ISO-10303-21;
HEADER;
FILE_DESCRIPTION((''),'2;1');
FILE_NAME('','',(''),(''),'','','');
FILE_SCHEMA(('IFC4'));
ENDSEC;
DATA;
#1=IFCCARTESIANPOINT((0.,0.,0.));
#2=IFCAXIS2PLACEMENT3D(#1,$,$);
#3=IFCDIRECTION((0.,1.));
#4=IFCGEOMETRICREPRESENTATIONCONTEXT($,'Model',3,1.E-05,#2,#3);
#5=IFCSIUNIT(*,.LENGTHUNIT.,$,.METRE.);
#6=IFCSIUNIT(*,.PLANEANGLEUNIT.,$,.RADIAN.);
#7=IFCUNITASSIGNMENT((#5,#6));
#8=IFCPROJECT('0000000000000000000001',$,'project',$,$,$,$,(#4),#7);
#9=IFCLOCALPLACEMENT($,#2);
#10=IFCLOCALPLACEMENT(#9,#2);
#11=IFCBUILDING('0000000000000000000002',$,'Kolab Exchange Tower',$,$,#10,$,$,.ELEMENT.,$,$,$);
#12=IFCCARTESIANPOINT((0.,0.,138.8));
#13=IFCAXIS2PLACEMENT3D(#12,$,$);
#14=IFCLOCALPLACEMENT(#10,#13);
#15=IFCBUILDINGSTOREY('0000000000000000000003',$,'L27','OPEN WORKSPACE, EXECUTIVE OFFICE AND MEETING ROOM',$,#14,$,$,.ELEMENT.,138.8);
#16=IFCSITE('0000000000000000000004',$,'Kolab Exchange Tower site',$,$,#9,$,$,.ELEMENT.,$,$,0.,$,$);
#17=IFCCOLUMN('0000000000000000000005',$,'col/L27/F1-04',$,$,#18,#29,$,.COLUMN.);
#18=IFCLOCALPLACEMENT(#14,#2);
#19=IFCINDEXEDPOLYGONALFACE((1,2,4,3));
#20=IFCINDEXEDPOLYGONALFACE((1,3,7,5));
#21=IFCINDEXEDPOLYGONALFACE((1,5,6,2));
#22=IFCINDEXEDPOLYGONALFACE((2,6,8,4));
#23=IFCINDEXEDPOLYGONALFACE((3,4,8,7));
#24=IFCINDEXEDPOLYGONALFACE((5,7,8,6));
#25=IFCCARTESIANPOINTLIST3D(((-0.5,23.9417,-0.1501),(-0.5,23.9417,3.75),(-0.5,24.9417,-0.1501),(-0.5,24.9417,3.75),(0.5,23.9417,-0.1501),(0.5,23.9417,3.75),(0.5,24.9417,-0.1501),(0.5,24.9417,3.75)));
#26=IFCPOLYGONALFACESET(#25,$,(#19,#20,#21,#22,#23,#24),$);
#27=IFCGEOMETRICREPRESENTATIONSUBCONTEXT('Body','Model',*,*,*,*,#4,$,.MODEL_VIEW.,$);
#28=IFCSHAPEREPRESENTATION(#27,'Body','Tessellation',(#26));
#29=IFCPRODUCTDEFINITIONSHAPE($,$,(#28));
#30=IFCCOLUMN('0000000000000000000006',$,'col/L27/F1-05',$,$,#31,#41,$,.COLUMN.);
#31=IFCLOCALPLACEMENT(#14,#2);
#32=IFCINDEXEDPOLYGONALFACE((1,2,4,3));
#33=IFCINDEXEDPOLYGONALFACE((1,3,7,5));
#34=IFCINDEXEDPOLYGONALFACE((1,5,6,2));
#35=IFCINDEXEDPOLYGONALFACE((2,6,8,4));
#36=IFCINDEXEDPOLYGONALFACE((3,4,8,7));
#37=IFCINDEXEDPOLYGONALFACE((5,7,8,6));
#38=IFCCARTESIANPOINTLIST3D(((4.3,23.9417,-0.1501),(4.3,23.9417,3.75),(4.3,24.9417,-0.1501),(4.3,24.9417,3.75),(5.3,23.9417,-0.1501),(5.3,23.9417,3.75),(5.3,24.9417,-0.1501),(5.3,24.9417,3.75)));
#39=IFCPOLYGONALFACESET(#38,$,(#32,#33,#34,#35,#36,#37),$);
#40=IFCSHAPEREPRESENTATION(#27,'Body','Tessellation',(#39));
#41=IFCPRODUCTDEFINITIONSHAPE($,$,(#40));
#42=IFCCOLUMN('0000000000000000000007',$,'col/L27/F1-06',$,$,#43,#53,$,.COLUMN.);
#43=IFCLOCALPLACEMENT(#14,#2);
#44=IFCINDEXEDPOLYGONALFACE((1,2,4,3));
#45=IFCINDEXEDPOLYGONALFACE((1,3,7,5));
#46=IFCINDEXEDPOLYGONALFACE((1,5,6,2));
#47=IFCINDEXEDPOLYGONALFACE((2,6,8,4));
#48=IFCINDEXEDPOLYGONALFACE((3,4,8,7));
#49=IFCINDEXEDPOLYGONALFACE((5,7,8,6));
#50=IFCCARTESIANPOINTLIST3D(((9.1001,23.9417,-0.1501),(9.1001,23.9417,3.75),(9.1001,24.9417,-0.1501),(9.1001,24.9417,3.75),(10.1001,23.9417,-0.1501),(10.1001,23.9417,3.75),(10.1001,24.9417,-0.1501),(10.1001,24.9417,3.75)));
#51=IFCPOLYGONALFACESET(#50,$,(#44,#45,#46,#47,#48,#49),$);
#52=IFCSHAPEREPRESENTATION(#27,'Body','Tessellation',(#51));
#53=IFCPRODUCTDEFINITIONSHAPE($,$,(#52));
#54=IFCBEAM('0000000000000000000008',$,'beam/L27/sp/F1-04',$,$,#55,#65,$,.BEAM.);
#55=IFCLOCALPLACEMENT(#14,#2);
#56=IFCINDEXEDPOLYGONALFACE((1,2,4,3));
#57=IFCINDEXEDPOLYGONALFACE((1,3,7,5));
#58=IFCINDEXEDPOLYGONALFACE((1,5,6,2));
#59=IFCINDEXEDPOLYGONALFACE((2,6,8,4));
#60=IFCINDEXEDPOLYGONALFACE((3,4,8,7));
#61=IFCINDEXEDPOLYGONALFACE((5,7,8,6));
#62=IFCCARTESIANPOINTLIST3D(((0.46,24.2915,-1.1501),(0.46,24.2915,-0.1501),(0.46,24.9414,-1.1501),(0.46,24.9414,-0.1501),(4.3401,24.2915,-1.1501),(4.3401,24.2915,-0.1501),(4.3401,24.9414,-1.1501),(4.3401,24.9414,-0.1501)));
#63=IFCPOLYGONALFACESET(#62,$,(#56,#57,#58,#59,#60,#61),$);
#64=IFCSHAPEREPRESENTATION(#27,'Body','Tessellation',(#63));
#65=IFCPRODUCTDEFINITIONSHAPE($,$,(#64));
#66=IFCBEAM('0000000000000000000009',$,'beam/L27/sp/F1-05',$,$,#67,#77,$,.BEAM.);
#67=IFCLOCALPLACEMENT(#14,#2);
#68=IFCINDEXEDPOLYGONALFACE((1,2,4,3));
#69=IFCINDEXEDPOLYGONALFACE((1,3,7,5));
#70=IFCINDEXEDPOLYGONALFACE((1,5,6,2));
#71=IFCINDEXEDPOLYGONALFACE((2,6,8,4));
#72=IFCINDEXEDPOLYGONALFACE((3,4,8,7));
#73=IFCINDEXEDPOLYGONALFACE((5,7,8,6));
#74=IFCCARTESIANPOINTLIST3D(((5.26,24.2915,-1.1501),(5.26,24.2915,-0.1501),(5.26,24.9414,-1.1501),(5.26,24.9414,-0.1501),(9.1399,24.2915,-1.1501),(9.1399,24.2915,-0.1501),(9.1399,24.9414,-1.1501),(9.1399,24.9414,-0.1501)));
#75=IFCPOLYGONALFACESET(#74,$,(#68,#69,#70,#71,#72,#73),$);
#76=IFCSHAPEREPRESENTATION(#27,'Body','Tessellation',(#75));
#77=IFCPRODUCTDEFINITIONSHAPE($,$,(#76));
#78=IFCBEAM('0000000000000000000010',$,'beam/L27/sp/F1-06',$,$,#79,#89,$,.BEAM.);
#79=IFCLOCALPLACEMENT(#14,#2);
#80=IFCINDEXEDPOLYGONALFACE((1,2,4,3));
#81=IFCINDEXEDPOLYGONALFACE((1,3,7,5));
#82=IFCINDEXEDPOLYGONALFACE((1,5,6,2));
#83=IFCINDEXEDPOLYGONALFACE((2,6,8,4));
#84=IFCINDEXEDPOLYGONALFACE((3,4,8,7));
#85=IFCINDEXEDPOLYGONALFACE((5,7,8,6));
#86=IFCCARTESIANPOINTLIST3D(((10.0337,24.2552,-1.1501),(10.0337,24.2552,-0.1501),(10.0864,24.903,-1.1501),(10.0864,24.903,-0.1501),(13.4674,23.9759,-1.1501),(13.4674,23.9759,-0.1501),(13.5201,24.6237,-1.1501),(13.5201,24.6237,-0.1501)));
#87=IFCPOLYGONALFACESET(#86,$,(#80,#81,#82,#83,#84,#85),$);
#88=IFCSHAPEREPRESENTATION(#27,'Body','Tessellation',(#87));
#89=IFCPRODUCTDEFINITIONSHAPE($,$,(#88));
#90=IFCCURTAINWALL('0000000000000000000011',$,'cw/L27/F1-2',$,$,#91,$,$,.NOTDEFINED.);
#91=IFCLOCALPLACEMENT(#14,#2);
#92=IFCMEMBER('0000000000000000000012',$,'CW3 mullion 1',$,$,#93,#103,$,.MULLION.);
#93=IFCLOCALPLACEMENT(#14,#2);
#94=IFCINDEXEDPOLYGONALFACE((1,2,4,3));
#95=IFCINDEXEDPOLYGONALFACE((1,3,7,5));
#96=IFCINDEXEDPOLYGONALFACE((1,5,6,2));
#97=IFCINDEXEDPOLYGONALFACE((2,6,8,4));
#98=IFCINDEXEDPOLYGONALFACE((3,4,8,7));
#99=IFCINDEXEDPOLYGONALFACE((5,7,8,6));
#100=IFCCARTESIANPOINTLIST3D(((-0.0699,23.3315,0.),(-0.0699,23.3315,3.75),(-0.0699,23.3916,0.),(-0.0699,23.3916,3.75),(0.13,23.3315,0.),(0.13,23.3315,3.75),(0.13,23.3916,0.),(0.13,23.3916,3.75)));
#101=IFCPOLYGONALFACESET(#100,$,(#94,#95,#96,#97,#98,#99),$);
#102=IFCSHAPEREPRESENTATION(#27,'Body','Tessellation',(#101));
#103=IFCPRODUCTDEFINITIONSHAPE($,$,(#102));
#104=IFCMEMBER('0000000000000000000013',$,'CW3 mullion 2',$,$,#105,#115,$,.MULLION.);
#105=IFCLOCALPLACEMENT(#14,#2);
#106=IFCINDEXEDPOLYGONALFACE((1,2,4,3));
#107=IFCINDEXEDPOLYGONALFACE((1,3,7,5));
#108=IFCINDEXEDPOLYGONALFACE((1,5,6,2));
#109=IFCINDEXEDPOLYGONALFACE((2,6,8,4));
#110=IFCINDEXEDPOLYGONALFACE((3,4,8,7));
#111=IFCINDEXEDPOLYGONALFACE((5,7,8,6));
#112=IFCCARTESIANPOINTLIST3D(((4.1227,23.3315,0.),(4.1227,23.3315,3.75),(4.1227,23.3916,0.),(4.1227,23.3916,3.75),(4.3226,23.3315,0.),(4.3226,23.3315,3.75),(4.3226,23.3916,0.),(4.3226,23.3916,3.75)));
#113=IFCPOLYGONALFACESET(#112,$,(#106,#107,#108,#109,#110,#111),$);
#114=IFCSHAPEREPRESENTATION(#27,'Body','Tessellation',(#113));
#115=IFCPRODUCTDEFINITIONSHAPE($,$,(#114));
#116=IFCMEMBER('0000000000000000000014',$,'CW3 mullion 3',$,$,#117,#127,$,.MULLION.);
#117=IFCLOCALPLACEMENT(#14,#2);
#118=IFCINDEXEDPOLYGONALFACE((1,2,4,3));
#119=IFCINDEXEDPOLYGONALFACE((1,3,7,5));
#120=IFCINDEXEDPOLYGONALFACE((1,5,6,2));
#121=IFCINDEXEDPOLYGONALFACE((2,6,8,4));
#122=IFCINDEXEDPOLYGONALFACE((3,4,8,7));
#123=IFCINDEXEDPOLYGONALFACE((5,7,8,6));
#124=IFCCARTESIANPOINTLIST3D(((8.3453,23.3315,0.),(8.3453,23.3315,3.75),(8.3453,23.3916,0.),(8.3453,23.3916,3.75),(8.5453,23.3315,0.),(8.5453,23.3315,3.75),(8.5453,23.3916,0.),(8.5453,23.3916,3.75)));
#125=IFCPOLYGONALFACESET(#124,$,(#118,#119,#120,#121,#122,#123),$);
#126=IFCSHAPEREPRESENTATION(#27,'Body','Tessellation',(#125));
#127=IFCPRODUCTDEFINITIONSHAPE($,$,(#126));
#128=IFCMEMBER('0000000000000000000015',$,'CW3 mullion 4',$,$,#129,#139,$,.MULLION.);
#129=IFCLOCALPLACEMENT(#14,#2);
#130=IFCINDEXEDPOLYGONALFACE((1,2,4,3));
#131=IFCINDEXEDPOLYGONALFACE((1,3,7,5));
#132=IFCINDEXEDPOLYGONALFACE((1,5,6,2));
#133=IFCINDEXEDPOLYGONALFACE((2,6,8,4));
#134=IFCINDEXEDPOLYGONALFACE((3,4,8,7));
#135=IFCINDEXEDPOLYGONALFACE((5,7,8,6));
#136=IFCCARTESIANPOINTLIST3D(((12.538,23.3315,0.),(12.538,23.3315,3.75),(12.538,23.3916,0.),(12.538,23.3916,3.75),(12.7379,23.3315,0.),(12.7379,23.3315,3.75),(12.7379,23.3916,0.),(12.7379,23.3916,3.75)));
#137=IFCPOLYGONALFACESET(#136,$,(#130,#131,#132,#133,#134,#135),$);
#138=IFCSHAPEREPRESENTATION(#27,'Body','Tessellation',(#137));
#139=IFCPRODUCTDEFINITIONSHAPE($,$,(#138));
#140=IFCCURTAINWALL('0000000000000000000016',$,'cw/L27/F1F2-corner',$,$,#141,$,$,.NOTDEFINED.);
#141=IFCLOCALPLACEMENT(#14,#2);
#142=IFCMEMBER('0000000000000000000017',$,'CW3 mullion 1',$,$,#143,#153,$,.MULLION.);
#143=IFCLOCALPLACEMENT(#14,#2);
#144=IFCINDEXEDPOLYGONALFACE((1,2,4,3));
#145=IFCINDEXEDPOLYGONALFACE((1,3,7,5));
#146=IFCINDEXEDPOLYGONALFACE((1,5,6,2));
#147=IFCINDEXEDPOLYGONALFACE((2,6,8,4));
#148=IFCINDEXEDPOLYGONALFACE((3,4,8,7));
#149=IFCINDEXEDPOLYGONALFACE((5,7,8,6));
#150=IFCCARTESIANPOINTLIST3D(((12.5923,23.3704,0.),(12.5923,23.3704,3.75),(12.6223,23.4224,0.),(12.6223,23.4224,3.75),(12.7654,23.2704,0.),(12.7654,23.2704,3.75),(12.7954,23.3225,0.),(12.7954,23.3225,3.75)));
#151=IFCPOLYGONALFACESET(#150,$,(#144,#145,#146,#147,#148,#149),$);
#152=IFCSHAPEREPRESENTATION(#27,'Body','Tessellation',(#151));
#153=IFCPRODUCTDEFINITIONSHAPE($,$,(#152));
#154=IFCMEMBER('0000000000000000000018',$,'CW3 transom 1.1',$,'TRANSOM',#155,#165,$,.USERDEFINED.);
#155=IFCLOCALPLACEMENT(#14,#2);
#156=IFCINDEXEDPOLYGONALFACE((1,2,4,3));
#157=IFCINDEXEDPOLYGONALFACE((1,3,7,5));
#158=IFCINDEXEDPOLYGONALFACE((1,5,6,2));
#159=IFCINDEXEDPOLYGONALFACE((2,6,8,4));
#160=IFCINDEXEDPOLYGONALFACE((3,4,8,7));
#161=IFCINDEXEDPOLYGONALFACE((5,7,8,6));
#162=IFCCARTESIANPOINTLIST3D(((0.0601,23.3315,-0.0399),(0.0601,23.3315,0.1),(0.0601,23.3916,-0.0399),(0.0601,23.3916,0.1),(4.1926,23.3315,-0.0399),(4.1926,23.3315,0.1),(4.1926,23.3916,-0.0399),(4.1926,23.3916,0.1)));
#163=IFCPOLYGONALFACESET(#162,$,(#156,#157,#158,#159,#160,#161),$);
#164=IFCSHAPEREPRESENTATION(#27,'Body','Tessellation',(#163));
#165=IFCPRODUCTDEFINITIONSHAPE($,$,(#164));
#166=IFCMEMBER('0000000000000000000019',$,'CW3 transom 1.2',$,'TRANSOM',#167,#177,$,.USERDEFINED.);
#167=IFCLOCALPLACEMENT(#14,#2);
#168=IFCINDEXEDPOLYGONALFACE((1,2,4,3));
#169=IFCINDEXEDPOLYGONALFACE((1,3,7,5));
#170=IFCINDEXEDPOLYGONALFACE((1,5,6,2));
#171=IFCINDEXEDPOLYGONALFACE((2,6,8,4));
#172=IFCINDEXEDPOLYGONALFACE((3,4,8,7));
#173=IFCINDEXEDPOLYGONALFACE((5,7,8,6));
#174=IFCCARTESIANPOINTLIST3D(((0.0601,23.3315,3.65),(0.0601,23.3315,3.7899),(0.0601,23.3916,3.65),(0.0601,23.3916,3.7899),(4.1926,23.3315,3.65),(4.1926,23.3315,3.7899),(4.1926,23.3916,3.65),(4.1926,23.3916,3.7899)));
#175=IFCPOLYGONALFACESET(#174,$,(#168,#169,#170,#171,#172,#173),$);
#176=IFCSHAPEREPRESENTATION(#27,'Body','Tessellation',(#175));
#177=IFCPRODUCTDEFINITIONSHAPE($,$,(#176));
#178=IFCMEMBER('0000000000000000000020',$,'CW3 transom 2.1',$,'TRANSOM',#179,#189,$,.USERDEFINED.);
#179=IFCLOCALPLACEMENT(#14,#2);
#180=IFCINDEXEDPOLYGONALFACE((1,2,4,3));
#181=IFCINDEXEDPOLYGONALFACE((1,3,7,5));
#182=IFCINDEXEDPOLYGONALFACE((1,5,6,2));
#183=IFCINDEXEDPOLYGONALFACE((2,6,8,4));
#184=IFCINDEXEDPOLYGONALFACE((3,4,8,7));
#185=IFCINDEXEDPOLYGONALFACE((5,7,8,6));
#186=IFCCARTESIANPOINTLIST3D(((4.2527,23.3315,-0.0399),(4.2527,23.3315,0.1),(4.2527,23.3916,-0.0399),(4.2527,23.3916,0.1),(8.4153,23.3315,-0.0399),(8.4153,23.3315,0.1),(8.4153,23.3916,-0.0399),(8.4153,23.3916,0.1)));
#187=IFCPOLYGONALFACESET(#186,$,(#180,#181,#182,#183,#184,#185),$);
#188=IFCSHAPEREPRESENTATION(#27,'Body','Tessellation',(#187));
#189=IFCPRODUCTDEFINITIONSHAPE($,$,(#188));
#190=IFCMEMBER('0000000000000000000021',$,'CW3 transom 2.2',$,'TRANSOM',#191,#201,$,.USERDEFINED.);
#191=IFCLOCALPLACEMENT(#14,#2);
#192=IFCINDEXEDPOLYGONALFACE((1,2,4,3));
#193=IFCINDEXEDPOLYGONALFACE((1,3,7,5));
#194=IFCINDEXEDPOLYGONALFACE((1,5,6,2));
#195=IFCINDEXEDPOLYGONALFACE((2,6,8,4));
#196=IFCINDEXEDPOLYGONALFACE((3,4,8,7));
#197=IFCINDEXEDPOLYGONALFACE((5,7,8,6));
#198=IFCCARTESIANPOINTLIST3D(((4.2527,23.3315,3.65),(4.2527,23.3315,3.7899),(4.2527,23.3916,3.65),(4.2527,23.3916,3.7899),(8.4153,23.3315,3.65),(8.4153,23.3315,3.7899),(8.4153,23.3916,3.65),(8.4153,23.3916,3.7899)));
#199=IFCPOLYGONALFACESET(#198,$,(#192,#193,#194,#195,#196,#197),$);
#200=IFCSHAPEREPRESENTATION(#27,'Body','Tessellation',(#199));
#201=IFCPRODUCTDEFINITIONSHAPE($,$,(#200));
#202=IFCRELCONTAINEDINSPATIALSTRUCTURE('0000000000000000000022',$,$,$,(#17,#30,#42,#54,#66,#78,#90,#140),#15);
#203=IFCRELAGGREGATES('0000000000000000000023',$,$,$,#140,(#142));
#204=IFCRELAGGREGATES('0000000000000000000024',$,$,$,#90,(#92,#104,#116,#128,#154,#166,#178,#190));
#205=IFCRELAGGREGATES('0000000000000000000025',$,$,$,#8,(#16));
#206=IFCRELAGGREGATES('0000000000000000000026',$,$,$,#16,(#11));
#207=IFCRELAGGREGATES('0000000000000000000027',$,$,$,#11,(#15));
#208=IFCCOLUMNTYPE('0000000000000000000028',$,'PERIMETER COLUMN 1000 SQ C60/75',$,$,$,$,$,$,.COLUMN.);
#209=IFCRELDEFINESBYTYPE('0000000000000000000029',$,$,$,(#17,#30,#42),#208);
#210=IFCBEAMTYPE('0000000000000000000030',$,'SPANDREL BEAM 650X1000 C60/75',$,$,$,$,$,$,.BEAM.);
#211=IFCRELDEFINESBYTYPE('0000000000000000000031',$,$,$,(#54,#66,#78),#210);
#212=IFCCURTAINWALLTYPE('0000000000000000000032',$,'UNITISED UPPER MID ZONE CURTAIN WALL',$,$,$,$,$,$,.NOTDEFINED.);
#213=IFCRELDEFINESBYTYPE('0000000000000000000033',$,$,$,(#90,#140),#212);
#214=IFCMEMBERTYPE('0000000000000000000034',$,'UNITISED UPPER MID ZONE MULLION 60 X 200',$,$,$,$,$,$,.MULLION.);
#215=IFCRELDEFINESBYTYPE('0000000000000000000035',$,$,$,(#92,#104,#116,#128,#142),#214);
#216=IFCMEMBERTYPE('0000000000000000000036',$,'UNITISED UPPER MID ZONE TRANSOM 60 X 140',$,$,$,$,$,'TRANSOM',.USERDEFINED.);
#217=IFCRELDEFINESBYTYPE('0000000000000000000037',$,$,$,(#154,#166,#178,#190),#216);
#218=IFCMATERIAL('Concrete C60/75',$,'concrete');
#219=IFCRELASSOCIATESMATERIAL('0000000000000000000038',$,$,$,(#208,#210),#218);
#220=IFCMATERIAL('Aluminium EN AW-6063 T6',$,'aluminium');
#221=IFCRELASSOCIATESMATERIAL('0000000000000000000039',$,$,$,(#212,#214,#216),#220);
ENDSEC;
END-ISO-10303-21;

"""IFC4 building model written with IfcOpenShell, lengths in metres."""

from ifc_helpers import new_model, si_unit, direction, frame, origin, origin_2d, place, context, subcontext, project, spatial, rectangle, extrude, material, material_profile, profile_set, type_object, element, aggregate, save


model = new_model("IFC4")

# Units and contexts
model_context = context("Model", 3, precision=1e-05, world=origin(), true_north=direction((0.0, 1.0)))
body_context = subcontext(model_context, "Body", "Model", "MODEL_VIEW")
ifc_project = project(units=[si_unit("LENGTHUNIT", "METRE"), si_unit("PLANEANGLEUNIT", "RADIAN")], contexts=[model_context])

# Site, building, storey
site_placement = place(None, origin())
site = spatial("IfcSite", under=ifc_project, at=site_placement, Name="Kolab Exchange Tower site", CompositionType="ELEMENT", RefElevation=0.0)
building_placement = place(site_placement, origin())
building = spatial("IfcBuilding", under=site, at=building_placement, Name="Kolab Exchange Tower", CompositionType="ELEMENT")
storey_placement = place(building_placement, frame((0.0, 0.0, 138.8)))
storey = spatial("IfcBuildingStorey", under=building, at=storey_placement, Name="L27", Description="OPEN WORKSPACE, EXECUTIVE OFFICE AND MEETING ROOM", CompositionType="ELEMENT", Elevation=138.8)

# Columns
ifc_material_1 = material(Name="Concrete C60/75", Category="concrete")
ifc_material_profile_1 = material_profile(ifc_material_1, rectangle(XDim=1.0, YDim=1.0, at=origin_2d()), Name="RC1000")
ifc_profile_set_1 = profile_set([ifc_material_profile_1], Name="Concrete C60/75")
column_type = type_object("IfcColumnType", Name="PERIMETER COLUMN 1000 SQ C60/75", PredefinedType="COLUMN", material=ifc_profile_set_1)
for number, where, z_axis, x_axis, name in (
    (1, (0.0, 24.4417, -0.1501), (0.0, 0.0, 1.0), (1.0, 0.0, 0.0), "col/L27/F1-04"),
    (2, (4.8, 24.4417, -0.1501), (0.0, 0.0, 1.0), (1.0, 0.0, 0.0), "col/L27/F1-05"),
    (3, (9.6001, 24.4417, -0.1501), (0.0, 0.0, 1.0), (1.0, 0.0, 0.0), "col/L27/F1-06"),
):
    element("IfcColumn", number, at=place(storey_placement, frame(where, z_axis=z_axis, x_axis=x_axis)), inside=storey, type_object=column_type, Name=name, PredefinedType="COLUMN", context=body_context, shape_type="SweptSolid", body=[
        extrude(rectangle(XDim=1.0, YDim=1.0, at=origin_2d()), origin(), (0.0, 0.0, 1.0), 3.9001),
    ])

# Beams
ifc_material_profile_2 = material_profile(ifc_material_1, rectangle(XDim=0.6499, YDim=1.0, at=origin_2d()), Name="RC650X1000")
ifc_profile_set_2 = profile_set([ifc_material_profile_2], Name="Concrete C60/75")
beam_type = type_object("IfcBeamType", Name="SPANDREL BEAM 650X1000 C60/75", PredefinedType="BEAM", material=ifc_profile_set_2)
beam_1_placement = place(storey_placement, frame((0.46, 24.6165, -0.6501), z_axis=(1.0, 0.0, 0.0), x_axis=(0.0, 1.0, 0.0)))
element("IfcBeam", 4, at=beam_1_placement, inside=storey, type_object=beam_type, Name="beam/L27/sp/F1-04", PredefinedType="BEAM", context=body_context, shape_type="SweptSolid", body=[
    extrude(rectangle(XDim=0.6499, YDim=1.0, at=origin_2d()), origin(), (0.0, 0.0, 1.0), 3.8801),
])
beam_2_placement = place(storey_placement, frame((5.26, 24.6165, -0.6501), z_axis=(1.0, 0.0, 0.0), x_axis=(0.0, 1.0, 0.0)))
element("IfcBeam", 5, at=beam_2_placement, inside=storey, type_object=beam_type, Name="beam/L27/sp/F1-05", PredefinedType="BEAM", context=body_context, shape_type="SweptSolid", body=[
    extrude(rectangle(XDim=0.6499, YDim=1.0, at=origin_2d()), origin(), (0.0, 0.0, 1.0), 3.8799),
])
beam_3_placement = place(storey_placement, frame((10.0601, 24.5791, -0.6501), z_axis=(0.996708, -0.081069, 0.0), x_axis=(0.081069, 0.996708, 0.0)))
element("IfcBeam", 6, at=beam_3_placement, inside=storey, type_object=beam_type, Name="beam/L27/sp/F1-06", PredefinedType="BEAM", context=body_context, shape_type="SweptSolid", body=[
    extrude(rectangle(XDim=0.6499, YDim=1.0, at=origin_2d()), origin(), (0.0, 0.0, 1.0), 3.4451),
])

# Curtain wall, members
ifc_material_2 = material(Name="Aluminium EN AW-6063 T6", Category="aluminium")
curtain_wall_type = type_object("IfcCurtainWallType", Name="UNITISED UPPER MID ZONE CURTAIN WALL", PredefinedType="NOTDEFINED", material=ifc_material_2)
curtain_wall_1_placement = place(storey_placement, origin())
curtain_wall_1 = element("IfcCurtainWall", 7, at=curtain_wall_1_placement, inside=storey, type_object=curtain_wall_type, Name="cw/L27/F1-2", PredefinedType="NOTDEFINED")
ifc_material_profile_3 = material_profile(ifc_material_2, rectangle(XDim=0.0601, YDim=0.2, at=origin_2d()), Name="RECT 60X200")
ifc_profile_set_3 = profile_set([ifc_material_profile_3], Name="Aluminium EN AW-6063 T6")
member_type_1 = type_object("IfcMemberType", Name="UNITISED UPPER MID ZONE MULLION 60 X 200", PredefinedType="MULLION", material=ifc_profile_set_3)
member_1_placement = place(storey_placement, frame((0.03, 23.3616, 0.0), z_axis=(0.0, 0.0, 1.0), x_axis=(0.0, 1.0, 0.0)))
member_1 = element("IfcMember", 8, at=member_1_placement, type_object=member_type_1, Name="CW3 mullion 1", PredefinedType="MULLION", context=body_context, shape_type="SweptSolid", body=[
    extrude(rectangle(XDim=0.0601, YDim=0.2, at=origin_2d()), origin(), (0.0, 0.0, 1.0), 3.75),
])
member_2_placement = place(storey_placement, frame((4.2227, 23.3616, 0.0), z_axis=(0.0, 0.0, 1.0), x_axis=(0.0, 1.0, 0.0)))
member_2 = element("IfcMember", 9, at=member_2_placement, type_object=member_type_1, Name="CW3 mullion 2", PredefinedType="MULLION", context=body_context, shape_type="SweptSolid", body=[
    extrude(rectangle(XDim=0.0601, YDim=0.2, at=origin_2d()), origin(), (0.0, 0.0, 1.0), 3.75),
])
member_3_placement = place(storey_placement, frame((8.4453, 23.3616, 0.0), z_axis=(0.0, 0.0, 1.0), x_axis=(0.0, 1.0, 0.0)))
member_3 = element("IfcMember", 10, at=member_3_placement, type_object=member_type_1, Name="CW3 mullion 3", PredefinedType="MULLION", context=body_context, shape_type="SweptSolid", body=[
    extrude(rectangle(XDim=0.0601, YDim=0.2, at=origin_2d()), origin(), (0.0, 0.0, 1.0), 3.75),
])
member_4_placement = place(storey_placement, frame((12.6379, 23.3616, 0.0), z_axis=(0.0, 0.0, 1.0), x_axis=(0.0, 1.0, 0.0)))
member_4 = element("IfcMember", 11, at=member_4_placement, type_object=member_type_1, Name="CW3 mullion 4", PredefinedType="MULLION", context=body_context, shape_type="SweptSolid", body=[
    extrude(rectangle(XDim=0.0601, YDim=0.2, at=origin_2d()), origin(), (0.0, 0.0, 1.0), 3.75),
])

# Curtain wall, member
curtain_wall_2_placement = place(storey_placement, origin())
curtain_wall_2 = element("IfcCurtainWall", 12, at=curtain_wall_2_placement, inside=storey, type_object=curtain_wall_type, Name="cw/L27/F1F2-corner", PredefinedType="NOTDEFINED")
member_5_placement = place(storey_placement, frame((12.6938, 23.3464, 0.0), z_axis=(0.0, 0.0, 1.0), x_axis=(0.5, 0.866025, 0.0)))
member_5 = element("IfcMember", 13, at=member_5_placement, type_object=member_type_1, Name="CW3 mullion 1", PredefinedType="MULLION", context=body_context, shape_type="SweptSolid", body=[
    extrude(rectangle(XDim=0.0601, YDim=0.2, at=origin_2d()), origin(), (0.0, 0.0, 1.0), 3.75),
])

# Members
ifc_material_profile_4 = material_profile(ifc_material_2, rectangle(XDim=0.0601, YDim=0.1399, at=origin_2d()), Name="RECT 60X140")
ifc_profile_set_4 = profile_set([ifc_material_profile_4], Name="Aluminium EN AW-6063 T6")
member_type_2 = type_object("IfcMemberType", Name="UNITISED UPPER MID ZONE TRANSOM 60 X 140", ElementType="TRANSOM", PredefinedType="USERDEFINED", material=ifc_profile_set_4)
member_6_placement = place(storey_placement, frame((0.0601, 23.3616, 0.03), z_axis=(1.0, 0.0, 0.0), x_axis=(0.0, 1.0, 0.0)))
member_6 = element("IfcMember", 14, at=member_6_placement, type_object=member_type_2, Name="CW3 transom 1.1", ObjectType="TRANSOM", PredefinedType="USERDEFINED", context=body_context, shape_type="SweptSolid", body=[
    extrude(rectangle(XDim=0.0601, YDim=0.1399, at=origin_2d()), origin(), (0.0, 0.0, 1.0), 4.1326),
])
member_7_placement = place(storey_placement, frame((0.0601, 23.3616, 3.72), z_axis=(1.0, 0.0, 0.0), x_axis=(0.0, 1.0, 0.0)))
member_7 = element("IfcMember", 15, at=member_7_placement, type_object=member_type_2, Name="CW3 transom 1.2", ObjectType="TRANSOM", PredefinedType="USERDEFINED", context=body_context, shape_type="SweptSolid", body=[
    extrude(rectangle(XDim=0.0601, YDim=0.1399, at=origin_2d()), origin(), (0.0, 0.0, 1.0), 4.1326),
])
member_8_placement = place(storey_placement, frame((4.2527, 23.3616, 0.03), z_axis=(1.0, 0.0, 0.0), x_axis=(0.0, 1.0, 0.0)))
member_8 = element("IfcMember", 16, at=member_8_placement, type_object=member_type_2, Name="CW3 transom 2.1", ObjectType="TRANSOM", PredefinedType="USERDEFINED", context=body_context, shape_type="SweptSolid", body=[
    extrude(rectangle(XDim=0.0601, YDim=0.1399, at=origin_2d()), origin(), (0.0, 0.0, 1.0), 4.1626),
])
member_9_placement = place(storey_placement, frame((4.2527, 23.3616, 3.72), z_axis=(1.0, 0.0, 0.0), x_axis=(0.0, 1.0, 0.0)))
member_9 = element("IfcMember", 17, at=member_9_placement, type_object=member_type_2, Name="CW3 transom 2.2", ObjectType="TRANSOM", PredefinedType="USERDEFINED", context=body_context, shape_type="SweptSolid", body=[
    extrude(rectangle(XDim=0.0601, YDim=0.1399, at=origin_2d()), origin(), (0.0, 0.0, 1.0), 4.1626),
])
aggregate(curtain_wall_2, [member_5])

aggregate(curtain_wall_1, [member_1, member_2, member_3, member_4, member_6, member_7, member_8, member_9])

save(model, "model.ifc")
